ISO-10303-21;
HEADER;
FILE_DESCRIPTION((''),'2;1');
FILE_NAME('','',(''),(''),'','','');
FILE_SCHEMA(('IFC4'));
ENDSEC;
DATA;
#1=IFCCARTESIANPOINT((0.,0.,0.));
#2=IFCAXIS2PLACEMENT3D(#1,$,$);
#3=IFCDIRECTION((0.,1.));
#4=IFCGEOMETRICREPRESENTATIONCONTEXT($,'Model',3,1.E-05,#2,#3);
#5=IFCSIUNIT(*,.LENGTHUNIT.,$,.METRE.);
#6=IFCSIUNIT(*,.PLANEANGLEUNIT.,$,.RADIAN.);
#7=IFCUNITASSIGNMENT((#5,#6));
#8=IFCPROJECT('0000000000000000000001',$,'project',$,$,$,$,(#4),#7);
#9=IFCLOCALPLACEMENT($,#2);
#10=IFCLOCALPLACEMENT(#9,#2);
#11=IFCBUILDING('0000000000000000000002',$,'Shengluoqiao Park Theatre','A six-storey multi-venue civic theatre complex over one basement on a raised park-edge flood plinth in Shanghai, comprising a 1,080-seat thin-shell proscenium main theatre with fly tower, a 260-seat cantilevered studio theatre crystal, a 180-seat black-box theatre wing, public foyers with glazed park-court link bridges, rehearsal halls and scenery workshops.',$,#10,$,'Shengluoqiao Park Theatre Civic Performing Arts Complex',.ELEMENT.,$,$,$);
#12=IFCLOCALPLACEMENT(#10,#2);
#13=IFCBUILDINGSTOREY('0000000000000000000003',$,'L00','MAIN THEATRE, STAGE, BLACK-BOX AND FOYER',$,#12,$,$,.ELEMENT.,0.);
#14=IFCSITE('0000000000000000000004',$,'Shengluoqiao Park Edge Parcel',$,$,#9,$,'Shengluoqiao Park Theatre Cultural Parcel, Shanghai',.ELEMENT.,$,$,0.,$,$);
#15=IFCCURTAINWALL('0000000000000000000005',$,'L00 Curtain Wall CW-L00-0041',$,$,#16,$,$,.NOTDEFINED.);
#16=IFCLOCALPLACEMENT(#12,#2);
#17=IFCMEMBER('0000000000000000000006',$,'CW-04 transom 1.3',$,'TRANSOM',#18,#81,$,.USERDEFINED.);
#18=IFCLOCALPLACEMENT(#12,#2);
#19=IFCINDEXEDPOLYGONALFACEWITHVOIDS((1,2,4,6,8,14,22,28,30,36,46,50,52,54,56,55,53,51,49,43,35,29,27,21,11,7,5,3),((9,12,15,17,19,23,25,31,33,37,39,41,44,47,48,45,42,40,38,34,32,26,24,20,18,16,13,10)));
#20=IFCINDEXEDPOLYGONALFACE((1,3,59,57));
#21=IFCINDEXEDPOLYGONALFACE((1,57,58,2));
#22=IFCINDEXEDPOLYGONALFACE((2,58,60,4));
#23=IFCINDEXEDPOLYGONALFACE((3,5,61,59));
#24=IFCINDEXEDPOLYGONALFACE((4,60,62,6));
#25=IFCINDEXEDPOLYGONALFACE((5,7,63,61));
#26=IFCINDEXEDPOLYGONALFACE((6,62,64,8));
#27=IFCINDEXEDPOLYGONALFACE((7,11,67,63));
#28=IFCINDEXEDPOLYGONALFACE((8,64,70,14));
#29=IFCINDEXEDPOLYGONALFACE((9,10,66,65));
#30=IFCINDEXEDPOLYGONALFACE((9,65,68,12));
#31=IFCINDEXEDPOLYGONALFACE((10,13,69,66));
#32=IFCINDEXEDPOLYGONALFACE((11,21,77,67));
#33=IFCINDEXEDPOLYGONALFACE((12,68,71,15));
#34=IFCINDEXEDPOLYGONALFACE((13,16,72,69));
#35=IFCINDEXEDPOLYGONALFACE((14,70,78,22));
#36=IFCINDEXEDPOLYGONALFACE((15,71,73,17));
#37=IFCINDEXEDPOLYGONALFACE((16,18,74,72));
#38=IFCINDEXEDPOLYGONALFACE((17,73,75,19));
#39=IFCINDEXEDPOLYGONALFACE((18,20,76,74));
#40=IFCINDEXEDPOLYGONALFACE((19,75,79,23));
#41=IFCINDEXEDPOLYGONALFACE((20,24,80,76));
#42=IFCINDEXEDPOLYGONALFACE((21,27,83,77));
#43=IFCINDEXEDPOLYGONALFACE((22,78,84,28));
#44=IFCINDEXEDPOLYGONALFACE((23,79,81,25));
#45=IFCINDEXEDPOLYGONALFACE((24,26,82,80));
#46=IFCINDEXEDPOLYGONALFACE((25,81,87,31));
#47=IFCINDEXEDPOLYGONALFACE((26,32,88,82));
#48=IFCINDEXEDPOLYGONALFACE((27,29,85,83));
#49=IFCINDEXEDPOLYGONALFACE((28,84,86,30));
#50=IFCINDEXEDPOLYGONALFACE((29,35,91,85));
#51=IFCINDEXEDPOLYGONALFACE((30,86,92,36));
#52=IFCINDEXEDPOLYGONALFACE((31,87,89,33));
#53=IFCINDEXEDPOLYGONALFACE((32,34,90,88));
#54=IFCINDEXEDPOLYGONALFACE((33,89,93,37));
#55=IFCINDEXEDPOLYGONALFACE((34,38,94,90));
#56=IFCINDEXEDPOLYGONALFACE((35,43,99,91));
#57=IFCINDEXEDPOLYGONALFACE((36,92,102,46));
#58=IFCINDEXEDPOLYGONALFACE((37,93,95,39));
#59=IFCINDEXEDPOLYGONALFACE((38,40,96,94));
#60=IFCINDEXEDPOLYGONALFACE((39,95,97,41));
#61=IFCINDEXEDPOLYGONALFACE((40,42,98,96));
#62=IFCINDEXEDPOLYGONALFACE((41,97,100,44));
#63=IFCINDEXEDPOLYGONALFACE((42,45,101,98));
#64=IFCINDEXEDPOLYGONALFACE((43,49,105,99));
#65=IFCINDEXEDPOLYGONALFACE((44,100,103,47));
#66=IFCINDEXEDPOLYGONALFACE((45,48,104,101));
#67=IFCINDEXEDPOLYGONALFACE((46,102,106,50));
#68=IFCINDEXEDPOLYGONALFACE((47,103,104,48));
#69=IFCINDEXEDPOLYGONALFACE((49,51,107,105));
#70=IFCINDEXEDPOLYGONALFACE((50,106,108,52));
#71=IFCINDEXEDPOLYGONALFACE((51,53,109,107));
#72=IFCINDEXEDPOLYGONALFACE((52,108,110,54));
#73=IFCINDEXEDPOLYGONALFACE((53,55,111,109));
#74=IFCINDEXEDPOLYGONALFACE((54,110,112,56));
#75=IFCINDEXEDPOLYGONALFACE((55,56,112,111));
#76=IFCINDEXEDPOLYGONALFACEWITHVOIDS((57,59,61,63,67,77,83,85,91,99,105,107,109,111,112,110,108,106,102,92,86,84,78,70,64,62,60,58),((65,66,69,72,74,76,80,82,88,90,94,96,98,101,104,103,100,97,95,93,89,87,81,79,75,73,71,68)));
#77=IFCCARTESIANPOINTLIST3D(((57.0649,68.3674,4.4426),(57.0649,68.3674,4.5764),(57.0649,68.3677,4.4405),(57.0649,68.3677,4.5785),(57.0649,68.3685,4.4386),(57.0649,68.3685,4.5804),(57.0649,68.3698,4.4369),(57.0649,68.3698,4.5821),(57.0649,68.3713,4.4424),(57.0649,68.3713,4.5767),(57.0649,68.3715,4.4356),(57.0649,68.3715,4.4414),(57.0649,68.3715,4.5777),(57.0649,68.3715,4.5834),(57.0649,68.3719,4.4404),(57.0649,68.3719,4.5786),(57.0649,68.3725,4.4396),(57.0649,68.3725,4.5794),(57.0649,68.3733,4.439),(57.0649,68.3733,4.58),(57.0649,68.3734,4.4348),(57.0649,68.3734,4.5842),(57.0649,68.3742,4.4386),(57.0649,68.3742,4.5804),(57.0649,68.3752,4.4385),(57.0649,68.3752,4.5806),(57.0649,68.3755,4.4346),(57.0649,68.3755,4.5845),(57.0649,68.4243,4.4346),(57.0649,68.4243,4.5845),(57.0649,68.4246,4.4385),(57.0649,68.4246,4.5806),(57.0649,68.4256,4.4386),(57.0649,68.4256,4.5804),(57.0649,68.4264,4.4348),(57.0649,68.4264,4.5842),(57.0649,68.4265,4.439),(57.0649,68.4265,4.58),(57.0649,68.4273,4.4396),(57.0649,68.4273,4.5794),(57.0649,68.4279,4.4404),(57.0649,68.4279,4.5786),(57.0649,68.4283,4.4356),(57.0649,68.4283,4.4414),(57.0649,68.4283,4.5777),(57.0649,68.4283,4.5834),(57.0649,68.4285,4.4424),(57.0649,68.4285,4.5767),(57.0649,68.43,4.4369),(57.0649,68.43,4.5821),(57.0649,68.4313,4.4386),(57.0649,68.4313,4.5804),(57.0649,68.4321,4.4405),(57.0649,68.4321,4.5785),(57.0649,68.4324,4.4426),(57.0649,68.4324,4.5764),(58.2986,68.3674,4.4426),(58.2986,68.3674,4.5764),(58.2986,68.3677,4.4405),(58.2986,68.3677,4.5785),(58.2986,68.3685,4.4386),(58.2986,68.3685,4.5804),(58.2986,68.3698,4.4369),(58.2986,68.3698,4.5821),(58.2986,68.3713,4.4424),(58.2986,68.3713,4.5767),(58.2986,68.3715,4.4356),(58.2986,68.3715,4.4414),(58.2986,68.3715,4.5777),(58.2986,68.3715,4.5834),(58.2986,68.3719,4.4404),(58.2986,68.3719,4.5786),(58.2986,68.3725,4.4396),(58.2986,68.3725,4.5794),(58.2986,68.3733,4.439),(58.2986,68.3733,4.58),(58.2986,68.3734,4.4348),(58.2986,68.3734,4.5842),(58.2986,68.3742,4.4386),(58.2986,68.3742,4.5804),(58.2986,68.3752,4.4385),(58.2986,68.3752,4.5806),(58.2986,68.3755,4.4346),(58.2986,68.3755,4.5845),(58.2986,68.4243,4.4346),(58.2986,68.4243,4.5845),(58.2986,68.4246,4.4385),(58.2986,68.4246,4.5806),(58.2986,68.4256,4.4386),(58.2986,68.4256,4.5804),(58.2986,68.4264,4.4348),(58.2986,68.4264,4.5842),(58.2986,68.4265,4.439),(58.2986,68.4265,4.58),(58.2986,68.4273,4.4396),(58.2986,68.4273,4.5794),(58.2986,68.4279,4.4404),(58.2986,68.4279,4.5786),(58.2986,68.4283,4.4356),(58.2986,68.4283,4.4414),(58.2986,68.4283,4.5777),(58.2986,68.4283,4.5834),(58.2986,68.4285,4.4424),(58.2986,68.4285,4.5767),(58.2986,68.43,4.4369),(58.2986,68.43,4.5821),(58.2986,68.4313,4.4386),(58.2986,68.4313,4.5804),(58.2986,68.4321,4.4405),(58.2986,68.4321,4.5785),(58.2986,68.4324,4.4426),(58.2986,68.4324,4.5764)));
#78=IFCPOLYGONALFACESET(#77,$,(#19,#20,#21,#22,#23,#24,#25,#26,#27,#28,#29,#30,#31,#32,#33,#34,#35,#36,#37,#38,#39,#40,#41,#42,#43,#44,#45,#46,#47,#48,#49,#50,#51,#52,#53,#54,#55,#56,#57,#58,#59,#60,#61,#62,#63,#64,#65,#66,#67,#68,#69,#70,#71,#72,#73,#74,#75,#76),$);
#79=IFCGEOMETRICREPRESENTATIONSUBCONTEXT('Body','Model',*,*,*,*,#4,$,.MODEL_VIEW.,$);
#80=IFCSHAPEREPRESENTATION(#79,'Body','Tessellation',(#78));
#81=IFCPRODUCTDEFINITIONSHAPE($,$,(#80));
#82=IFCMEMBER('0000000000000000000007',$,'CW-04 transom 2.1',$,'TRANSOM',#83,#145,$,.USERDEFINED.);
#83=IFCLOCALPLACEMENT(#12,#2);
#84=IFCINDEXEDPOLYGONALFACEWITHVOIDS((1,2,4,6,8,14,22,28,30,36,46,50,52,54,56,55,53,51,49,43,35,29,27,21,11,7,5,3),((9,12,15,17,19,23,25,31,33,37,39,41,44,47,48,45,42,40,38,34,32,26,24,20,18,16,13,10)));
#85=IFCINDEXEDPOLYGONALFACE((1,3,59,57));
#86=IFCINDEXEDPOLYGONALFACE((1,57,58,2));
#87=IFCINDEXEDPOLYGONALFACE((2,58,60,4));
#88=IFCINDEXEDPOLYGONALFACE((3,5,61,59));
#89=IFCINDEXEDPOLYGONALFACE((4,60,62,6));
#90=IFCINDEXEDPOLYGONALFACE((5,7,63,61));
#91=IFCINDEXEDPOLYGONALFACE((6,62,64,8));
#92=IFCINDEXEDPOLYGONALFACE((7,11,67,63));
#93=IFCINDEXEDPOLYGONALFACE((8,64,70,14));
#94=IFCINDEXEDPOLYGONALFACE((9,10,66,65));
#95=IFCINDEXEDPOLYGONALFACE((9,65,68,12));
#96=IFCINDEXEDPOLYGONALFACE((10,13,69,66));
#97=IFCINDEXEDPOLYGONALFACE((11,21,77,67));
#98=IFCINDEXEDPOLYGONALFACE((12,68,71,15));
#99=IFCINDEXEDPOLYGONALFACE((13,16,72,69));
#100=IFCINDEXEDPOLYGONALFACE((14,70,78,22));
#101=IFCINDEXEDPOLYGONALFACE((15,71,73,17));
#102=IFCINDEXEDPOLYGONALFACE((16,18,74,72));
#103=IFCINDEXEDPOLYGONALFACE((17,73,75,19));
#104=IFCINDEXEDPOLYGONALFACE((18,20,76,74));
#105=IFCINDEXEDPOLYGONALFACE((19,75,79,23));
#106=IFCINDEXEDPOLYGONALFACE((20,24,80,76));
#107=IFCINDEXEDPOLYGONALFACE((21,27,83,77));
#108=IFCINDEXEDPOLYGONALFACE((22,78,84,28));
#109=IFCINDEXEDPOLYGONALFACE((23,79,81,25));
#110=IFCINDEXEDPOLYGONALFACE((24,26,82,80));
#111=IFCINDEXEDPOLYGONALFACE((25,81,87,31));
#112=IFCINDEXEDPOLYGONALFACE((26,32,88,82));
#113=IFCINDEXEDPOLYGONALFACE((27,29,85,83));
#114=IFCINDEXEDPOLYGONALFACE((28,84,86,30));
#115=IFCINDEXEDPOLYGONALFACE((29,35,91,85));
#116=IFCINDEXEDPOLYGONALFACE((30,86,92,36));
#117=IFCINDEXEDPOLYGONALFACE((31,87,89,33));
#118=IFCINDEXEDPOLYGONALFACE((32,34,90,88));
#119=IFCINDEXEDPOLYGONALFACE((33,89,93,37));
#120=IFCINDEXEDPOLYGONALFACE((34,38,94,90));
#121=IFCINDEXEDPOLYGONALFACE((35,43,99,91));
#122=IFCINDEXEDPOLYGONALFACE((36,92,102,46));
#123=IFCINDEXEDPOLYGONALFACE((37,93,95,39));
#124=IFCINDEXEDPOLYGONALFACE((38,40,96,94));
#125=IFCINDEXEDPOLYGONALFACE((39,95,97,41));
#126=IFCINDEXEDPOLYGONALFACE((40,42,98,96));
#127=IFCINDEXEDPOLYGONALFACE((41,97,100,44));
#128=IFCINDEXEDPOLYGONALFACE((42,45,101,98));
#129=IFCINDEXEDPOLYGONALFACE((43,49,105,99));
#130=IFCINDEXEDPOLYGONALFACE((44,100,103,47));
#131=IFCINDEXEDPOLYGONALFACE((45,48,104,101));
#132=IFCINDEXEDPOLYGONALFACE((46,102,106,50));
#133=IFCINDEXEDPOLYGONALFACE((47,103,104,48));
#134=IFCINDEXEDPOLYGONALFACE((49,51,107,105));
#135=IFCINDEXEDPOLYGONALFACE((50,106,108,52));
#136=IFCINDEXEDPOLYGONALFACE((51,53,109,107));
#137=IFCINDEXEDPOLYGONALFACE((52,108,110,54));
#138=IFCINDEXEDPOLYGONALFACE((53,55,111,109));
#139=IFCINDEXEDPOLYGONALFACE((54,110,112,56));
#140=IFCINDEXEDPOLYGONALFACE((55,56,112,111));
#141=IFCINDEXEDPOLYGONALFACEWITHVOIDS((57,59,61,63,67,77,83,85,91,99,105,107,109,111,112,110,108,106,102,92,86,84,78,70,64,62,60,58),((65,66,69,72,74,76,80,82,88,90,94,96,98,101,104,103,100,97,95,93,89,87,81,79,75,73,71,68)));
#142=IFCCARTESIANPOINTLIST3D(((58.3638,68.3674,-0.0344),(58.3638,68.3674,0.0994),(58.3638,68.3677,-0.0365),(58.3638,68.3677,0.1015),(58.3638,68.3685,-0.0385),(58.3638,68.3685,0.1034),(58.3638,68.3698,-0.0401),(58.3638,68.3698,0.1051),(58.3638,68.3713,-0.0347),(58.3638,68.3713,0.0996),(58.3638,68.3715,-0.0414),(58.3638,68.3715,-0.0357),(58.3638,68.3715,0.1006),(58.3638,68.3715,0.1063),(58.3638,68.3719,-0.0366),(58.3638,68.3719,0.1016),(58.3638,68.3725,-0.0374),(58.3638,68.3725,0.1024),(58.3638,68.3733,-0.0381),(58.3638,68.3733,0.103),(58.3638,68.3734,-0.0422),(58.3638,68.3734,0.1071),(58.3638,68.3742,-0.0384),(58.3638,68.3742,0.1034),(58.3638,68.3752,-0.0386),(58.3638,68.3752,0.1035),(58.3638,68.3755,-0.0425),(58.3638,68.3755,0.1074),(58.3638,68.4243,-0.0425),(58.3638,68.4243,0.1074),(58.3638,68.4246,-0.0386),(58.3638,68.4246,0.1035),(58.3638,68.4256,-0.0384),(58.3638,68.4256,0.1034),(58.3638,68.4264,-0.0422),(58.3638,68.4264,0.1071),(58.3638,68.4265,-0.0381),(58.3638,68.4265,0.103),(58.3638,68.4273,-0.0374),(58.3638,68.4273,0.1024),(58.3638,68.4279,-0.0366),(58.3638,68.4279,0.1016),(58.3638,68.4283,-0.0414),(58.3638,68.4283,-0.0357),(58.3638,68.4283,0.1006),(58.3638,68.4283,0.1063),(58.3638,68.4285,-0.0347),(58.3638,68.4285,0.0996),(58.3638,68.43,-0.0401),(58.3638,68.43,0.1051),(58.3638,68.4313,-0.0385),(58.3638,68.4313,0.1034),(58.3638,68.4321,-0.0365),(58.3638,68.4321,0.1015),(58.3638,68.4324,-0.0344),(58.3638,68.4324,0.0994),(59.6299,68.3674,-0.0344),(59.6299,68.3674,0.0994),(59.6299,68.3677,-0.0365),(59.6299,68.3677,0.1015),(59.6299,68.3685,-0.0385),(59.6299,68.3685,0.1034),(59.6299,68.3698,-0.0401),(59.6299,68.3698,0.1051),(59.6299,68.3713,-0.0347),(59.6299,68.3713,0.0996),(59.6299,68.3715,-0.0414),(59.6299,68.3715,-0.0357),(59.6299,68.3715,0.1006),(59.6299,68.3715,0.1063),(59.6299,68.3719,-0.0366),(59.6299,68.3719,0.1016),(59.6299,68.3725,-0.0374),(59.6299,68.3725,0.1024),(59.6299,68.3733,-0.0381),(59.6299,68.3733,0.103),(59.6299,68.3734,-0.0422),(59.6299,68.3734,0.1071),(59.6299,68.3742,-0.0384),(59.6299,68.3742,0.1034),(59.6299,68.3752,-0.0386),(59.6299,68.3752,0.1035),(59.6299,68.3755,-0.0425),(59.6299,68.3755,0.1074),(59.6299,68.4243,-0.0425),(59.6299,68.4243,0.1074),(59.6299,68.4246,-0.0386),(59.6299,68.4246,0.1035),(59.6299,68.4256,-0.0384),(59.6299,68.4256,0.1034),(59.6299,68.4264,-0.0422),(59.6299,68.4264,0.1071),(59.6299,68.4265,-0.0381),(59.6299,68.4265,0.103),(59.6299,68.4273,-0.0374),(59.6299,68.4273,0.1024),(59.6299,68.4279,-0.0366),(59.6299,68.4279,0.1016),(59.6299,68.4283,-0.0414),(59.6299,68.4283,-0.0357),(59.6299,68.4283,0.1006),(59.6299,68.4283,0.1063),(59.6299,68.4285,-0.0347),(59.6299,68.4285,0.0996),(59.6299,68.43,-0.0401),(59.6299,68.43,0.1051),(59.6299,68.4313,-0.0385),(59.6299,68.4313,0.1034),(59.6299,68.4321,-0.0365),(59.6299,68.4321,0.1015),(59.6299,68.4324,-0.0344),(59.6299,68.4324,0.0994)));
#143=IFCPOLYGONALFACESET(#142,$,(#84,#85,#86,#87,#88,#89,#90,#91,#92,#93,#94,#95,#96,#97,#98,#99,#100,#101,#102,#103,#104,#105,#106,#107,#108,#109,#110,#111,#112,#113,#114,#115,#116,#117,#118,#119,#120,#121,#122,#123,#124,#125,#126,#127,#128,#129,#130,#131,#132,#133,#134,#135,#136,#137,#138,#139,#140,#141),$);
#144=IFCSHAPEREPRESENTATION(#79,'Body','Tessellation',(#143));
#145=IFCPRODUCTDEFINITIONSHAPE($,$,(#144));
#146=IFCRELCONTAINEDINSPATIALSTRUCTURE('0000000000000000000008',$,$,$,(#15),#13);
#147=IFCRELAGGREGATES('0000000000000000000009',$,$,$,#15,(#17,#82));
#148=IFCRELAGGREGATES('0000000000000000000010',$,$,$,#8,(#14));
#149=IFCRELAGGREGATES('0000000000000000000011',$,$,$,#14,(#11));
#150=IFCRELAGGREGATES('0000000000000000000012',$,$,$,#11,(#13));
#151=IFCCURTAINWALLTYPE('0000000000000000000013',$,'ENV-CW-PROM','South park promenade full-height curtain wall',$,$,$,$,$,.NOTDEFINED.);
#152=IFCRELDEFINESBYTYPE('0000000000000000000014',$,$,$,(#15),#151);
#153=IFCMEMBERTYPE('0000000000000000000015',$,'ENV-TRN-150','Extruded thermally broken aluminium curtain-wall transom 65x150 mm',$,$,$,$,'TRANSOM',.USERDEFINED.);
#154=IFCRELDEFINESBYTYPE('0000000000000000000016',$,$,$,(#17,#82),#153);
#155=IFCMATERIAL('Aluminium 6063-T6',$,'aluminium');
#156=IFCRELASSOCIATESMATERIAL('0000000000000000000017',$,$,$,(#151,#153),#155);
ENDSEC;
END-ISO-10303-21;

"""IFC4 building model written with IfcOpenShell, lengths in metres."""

from ifc_helpers import new_model, si_unit, direction, frame, origin, origin_2d, place, context, subcontext, project, spatial, hollow_rectangle, extrude, material, material_profile, profile_set, type_object, element, aggregate, save


model = new_model("IFC4")

# Units and contexts
model_context = context("Model", 3, precision=1e-05, world=origin(), true_north=direction((0.0, 1.0)))
body_context = subcontext(model_context, "Body", "Model", "MODEL_VIEW")
ifc_project = project(units=[si_unit("LENGTHUNIT", "METRE"), si_unit("PLANEANGLEUNIT", "RADIAN")], contexts=[model_context])

# Site, building, storey
site_placement = place(None, origin())
site = spatial("IfcSite", under=ifc_project, at=site_placement, Name="Shengluoqiao Park Edge Parcel", LongName="Shengluoqiao Park Theatre Cultural Parcel, Shanghai", CompositionType="ELEMENT", RefElevation=0.0)
building_placement = place(site_placement, origin())
building = spatial("IfcBuilding", under=site, at=building_placement, Name="Shengluoqiao Park Theatre", Description="A six-storey multi-venue civic theatre complex over one basement on a raised park-edge flood plinth in Shanghai, comprising a 1,080-seat thin-shell proscenium main theatre with fly tower, a 260-seat cantilevered studio theatre crystal, a 180-seat black-box theatre wing, public foyers with glazed park-court link bridges, rehearsal halls and scenery workshops.", LongName="Shengluoqiao Park Theatre Civic Performing Arts Complex", CompositionType="ELEMENT")
storey_placement = place(building_placement, origin())
storey = spatial("IfcBuildingStorey", under=building, at=storey_placement, Name="L00", Description="MAIN THEATRE, STAGE, BLACK-BOX AND FOYER", CompositionType="ELEMENT", Elevation=0.0)

# Curtain wall
ifc_material_1 = material(Name="Aluminium 6063-T6", Category="aluminium")
curtain_wall_type = type_object("IfcCurtainWallType", Name="ENV-CW-PROM", Description="South park promenade full-height curtain wall", PredefinedType="NOTDEFINED", material=ifc_material_1)
curtain_wall_1_placement = place(storey_placement, origin())
curtain_wall_1 = element("IfcCurtainWall", 1, at=curtain_wall_1_placement, inside=storey, type_object=curtain_wall_type, Name="L00 Curtain Wall CW-L00-0041", PredefinedType="NOTDEFINED")

# Members
ifc_material_profile_1 = material_profile(ifc_material_1, hollow_rectangle(XDim=0.0649, YDim=0.1499, WallThickness=0.0039, InnerFilletRadius=0.0039, OuterFilletRadius=0.0081, at=origin_2d()), Name="ALU TRANSOM 150x65x4")
ifc_profile_set_1 = profile_set([ifc_material_profile_1], Name="Aluminium 6063-T6")
member_type_1 = type_object("IfcMemberType", Name="ENV-TRN-150", Description="Extruded thermally broken aluminium curtain-wall transom 65x150 mm", ElementType="TRANSOM", PredefinedType="USERDEFINED", material=ifc_profile_set_1)
member_1_placement = place(storey_placement, frame((57.0649, 68.3999, 4.5095), z_axis=(1.0, 0.0, 0.0), x_axis=(0.0, 1.0, 0.0)))
member_1 = element("IfcMember", 2, at=member_1_placement, type_object=member_type_1, Name="CW-04 transom 1.3", ObjectType="TRANSOM", PredefinedType="USERDEFINED", context=body_context, shape_type="SweptSolid", body=[
    extrude(hollow_rectangle(XDim=0.0649, YDim=0.1499, WallThickness=0.0039, InnerFilletRadius=0.0039, OuterFilletRadius=0.0081, at=origin_2d()), origin(), (0.0, 0.0, 1.0), 1.2336),
])
member_2_placement = place(storey_placement, frame((58.3638, 68.3999, 0.0325), z_axis=(1.0, 0.0, 0.0), x_axis=(0.0, 1.0, 0.0)))
member_2 = element("IfcMember", 3, at=member_2_placement, type_object=member_type_1, Name="CW-04 transom 2.1", ObjectType="TRANSOM", PredefinedType="USERDEFINED", context=body_context, shape_type="SweptSolid", body=[
    extrude(hollow_rectangle(XDim=0.0649, YDim=0.1499, WallThickness=0.0039, InnerFilletRadius=0.0039, OuterFilletRadius=0.0081, at=origin_2d()), origin(), (0.0, 0.0, 1.0), 1.2661),
])

aggregate(curtain_wall_1, [member_1, member_2])

save(model, "model.ifc")
